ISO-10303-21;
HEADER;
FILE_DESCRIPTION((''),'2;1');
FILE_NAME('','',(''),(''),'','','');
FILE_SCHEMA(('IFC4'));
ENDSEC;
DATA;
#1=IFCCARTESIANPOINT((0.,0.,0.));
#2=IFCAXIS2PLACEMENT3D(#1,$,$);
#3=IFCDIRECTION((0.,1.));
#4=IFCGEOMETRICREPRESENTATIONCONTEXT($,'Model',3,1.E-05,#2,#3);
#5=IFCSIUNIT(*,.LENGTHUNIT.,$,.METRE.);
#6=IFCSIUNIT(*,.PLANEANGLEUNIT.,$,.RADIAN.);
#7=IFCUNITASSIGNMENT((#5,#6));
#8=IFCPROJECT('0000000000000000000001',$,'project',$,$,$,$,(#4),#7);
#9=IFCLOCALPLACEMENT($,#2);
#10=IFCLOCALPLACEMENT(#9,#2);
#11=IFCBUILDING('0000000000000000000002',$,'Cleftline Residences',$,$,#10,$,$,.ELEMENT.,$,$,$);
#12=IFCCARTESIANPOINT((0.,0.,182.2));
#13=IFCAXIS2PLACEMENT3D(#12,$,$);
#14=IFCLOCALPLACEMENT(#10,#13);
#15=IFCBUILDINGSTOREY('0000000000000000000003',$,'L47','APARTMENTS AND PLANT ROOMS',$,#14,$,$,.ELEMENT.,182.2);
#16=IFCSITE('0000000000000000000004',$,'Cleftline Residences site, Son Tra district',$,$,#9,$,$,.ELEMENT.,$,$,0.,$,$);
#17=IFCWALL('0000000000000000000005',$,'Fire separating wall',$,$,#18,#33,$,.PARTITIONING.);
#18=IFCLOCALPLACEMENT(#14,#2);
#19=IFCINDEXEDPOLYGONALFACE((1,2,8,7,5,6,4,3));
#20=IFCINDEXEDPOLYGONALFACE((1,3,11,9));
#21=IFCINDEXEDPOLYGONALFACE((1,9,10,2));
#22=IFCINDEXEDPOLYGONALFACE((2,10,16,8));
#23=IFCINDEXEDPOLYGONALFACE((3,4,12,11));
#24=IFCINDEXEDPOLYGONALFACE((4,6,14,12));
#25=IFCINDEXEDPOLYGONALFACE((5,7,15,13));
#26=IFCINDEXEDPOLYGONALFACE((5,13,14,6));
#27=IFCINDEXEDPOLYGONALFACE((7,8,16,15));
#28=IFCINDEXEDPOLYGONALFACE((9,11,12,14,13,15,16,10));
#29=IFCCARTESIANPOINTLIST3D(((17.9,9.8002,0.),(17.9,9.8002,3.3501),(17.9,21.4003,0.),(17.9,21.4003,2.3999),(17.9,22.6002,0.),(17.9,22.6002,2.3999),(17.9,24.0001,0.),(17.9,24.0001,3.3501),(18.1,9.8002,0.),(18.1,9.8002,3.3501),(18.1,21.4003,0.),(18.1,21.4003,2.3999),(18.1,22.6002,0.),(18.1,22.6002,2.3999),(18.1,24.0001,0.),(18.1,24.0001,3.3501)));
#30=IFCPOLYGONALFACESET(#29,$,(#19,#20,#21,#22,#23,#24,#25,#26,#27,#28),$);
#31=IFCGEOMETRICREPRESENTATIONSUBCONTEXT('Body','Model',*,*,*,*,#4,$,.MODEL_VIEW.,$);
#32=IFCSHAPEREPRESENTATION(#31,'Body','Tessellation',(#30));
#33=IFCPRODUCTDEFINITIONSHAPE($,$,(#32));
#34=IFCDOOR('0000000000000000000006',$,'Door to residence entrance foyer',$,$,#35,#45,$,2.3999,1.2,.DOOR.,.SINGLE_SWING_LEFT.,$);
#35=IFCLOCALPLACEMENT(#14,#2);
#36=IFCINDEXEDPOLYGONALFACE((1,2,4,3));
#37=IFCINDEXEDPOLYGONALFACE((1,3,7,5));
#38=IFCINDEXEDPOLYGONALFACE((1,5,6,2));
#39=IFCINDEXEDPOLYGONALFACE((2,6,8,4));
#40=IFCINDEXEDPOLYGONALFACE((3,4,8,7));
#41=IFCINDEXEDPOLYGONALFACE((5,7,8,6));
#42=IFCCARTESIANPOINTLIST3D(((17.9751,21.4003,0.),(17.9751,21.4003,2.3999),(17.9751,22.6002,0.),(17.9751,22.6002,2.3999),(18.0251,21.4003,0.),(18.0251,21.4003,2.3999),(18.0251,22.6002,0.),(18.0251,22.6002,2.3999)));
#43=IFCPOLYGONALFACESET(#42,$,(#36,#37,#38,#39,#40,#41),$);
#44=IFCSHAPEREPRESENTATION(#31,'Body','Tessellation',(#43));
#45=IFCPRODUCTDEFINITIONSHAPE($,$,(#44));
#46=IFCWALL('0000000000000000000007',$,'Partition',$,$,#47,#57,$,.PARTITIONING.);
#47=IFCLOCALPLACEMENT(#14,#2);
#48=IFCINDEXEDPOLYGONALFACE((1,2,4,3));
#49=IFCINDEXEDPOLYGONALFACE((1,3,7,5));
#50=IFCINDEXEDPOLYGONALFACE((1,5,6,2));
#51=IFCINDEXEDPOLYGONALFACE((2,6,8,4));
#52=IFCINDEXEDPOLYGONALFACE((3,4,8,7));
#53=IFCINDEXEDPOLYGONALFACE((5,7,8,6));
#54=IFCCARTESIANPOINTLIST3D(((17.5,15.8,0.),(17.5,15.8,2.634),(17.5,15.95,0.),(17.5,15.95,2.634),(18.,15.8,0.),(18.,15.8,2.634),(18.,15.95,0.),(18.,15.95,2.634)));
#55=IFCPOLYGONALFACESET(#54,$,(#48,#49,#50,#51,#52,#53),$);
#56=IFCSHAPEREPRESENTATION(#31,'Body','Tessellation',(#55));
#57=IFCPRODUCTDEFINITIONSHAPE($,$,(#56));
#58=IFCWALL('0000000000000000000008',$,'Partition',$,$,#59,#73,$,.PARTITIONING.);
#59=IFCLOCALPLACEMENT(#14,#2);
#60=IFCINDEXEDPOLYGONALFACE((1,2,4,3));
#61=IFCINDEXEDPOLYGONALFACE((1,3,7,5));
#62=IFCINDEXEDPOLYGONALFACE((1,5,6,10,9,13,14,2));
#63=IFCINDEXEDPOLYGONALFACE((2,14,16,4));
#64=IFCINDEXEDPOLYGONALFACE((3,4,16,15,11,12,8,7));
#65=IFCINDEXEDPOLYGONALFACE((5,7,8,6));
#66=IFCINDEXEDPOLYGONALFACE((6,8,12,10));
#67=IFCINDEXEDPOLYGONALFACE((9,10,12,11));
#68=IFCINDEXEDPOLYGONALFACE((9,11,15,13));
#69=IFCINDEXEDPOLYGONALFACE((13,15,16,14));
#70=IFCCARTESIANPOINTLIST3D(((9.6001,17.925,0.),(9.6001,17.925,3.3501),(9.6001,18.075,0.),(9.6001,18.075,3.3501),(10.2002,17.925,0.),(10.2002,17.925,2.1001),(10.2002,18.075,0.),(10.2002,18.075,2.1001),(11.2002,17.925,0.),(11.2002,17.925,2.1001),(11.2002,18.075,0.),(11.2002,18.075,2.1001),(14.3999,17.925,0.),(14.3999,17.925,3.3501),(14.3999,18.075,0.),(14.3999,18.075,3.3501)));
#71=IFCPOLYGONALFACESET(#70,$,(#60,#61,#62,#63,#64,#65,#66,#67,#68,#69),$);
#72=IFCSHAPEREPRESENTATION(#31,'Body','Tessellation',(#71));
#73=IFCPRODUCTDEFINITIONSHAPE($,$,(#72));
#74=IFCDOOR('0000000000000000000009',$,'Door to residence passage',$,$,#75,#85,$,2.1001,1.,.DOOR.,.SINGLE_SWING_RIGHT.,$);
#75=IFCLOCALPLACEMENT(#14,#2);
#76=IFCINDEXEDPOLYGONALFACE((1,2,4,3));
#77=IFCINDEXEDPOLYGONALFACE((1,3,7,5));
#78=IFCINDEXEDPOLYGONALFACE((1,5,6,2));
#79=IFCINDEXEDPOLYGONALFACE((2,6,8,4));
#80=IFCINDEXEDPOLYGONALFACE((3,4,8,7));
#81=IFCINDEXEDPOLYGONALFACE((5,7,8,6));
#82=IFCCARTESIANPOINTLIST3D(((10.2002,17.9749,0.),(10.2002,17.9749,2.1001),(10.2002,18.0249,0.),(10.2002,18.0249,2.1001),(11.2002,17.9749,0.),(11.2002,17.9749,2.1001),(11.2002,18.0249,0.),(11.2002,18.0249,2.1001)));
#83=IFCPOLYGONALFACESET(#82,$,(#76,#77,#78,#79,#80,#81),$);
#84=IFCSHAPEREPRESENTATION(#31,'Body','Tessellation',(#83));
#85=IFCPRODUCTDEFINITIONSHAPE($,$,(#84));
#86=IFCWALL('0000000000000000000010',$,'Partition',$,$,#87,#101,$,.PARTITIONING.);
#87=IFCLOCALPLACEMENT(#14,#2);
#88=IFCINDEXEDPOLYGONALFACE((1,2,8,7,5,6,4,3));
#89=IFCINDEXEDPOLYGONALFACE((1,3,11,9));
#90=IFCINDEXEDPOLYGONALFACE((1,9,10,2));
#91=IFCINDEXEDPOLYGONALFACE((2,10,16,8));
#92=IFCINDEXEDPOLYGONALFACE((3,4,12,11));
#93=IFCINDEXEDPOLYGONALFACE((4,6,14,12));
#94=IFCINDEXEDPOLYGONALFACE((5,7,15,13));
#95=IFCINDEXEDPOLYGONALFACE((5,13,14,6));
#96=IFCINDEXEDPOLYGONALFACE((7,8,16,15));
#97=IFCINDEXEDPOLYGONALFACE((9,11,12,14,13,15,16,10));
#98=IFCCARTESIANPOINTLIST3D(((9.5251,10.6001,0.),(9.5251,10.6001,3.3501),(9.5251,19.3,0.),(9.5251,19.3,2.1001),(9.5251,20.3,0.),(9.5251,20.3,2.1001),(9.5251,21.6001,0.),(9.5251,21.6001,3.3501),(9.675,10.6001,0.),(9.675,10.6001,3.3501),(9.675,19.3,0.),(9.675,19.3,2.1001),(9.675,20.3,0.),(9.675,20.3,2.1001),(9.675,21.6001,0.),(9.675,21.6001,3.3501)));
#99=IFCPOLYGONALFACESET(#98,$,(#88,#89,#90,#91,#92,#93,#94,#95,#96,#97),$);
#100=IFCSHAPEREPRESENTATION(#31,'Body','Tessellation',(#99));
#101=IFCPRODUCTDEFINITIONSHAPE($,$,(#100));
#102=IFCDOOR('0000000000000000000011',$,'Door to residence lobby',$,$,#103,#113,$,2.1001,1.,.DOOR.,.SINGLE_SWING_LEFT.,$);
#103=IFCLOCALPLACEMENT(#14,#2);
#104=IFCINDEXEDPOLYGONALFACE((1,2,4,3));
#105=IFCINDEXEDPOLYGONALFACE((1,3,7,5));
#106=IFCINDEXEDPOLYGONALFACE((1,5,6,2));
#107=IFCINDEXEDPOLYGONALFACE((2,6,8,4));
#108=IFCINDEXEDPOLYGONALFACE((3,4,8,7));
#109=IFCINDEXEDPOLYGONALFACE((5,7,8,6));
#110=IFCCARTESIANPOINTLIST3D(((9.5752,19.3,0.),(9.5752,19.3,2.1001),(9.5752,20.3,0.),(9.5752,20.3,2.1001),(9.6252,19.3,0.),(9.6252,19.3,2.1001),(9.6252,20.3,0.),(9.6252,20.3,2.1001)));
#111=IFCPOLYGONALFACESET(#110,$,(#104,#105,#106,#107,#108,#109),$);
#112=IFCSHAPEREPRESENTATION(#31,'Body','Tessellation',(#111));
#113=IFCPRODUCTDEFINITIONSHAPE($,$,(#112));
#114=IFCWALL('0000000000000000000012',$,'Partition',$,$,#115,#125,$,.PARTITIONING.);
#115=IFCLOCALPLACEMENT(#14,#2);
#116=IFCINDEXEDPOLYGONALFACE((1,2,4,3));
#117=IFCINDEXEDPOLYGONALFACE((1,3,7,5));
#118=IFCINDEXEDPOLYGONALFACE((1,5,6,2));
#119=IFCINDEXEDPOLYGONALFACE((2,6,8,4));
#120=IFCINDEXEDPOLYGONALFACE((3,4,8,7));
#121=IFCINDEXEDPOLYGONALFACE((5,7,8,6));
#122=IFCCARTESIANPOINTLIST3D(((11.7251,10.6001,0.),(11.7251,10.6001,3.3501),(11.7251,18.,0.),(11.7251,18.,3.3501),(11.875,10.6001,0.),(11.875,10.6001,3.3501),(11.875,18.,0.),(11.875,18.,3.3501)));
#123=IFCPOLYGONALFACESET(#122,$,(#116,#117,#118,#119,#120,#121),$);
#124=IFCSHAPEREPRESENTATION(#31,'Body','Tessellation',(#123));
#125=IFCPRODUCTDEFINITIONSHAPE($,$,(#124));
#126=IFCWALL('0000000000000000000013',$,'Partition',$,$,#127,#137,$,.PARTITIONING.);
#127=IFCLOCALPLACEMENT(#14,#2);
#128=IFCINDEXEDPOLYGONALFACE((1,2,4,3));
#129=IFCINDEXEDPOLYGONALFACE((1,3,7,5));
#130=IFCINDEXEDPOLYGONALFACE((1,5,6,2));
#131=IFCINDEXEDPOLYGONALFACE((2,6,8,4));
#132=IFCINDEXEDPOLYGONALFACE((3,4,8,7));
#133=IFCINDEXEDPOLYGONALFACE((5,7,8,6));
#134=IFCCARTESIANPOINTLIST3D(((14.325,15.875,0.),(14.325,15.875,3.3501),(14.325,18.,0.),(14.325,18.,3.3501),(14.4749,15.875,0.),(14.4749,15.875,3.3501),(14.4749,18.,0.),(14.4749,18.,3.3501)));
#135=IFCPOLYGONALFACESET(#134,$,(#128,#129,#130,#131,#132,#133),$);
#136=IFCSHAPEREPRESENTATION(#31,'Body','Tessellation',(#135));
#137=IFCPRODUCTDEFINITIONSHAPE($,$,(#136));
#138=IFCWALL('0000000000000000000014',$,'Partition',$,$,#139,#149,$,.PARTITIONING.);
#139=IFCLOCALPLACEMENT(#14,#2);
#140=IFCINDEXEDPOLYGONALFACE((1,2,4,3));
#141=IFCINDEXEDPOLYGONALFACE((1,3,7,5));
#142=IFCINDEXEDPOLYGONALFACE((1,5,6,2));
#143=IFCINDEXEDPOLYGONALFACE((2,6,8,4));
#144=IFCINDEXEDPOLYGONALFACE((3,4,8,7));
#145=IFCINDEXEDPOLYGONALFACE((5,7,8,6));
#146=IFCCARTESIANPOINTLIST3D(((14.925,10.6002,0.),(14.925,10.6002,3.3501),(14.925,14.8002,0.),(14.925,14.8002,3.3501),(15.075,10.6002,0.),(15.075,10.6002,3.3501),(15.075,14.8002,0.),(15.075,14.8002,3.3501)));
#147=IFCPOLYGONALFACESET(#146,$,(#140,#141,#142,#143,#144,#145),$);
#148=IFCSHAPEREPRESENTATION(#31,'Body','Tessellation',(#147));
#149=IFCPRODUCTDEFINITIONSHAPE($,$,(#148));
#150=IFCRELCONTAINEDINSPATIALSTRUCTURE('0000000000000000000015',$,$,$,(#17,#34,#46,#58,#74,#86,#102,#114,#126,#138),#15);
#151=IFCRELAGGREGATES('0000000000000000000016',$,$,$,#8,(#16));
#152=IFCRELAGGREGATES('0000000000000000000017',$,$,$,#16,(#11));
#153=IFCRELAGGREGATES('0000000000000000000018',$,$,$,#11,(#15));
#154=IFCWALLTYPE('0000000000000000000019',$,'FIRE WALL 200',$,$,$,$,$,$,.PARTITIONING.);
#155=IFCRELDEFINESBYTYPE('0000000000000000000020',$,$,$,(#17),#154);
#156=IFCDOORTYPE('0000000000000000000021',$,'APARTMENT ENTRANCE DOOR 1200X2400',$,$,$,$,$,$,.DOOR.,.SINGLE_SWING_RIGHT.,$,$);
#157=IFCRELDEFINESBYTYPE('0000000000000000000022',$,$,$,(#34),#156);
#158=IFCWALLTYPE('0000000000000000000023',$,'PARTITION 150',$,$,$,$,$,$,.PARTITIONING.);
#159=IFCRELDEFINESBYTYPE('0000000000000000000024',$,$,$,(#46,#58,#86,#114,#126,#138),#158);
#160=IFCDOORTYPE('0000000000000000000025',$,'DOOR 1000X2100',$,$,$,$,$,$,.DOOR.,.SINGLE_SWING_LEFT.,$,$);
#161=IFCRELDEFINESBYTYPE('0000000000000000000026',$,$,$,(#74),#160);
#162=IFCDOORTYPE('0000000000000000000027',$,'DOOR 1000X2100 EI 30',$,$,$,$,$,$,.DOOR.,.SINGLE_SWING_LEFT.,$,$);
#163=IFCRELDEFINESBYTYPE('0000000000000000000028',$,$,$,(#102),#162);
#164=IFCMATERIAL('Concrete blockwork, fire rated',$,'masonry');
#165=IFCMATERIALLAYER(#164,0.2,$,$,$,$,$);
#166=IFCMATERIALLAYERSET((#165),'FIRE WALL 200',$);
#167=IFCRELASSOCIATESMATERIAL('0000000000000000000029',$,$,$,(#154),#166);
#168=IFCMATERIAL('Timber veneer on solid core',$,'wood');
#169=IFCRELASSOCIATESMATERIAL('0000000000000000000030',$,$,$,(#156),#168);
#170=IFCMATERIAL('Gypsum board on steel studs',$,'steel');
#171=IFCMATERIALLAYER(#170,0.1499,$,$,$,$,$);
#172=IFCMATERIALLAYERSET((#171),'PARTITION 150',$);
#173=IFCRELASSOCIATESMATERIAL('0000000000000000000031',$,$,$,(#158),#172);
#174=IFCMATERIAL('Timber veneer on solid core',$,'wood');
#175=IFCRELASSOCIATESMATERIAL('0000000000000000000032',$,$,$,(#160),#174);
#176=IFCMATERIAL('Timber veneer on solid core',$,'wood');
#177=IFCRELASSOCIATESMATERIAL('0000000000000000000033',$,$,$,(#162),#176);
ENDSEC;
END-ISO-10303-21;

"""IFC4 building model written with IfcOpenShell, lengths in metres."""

from ifc_helpers import new_model, si_unit, direction, frame, frame_2d, origin, place, context, subcontext, project, spatial, rectangle, extrude, material, layer, layer_set, type_object, element, fill, save


model = new_model("IFC4")

# Units and contexts
model_context = context("Model", 3, precision=1e-05, world=origin(), true_north=direction((0.0, 1.0)))
body_context = subcontext(model_context, "Body", "Model", "MODEL_VIEW")
ifc_project = project(units=[si_unit("LENGTHUNIT", "METRE"), si_unit("PLANEANGLEUNIT", "RADIAN")], contexts=[model_context])

# Site, building, storey
site_placement = place(None, origin())
site = spatial("IfcSite", under=ifc_project, at=site_placement, Name="Cleftline Residences site, Son Tra district", CompositionType="ELEMENT", RefElevation=0.0)
building_placement = place(site_placement, origin())
building = spatial("IfcBuilding", under=site, at=building_placement, Name="Cleftline Residences", CompositionType="ELEMENT")
storey_placement = place(building_placement, frame((0.0, 0.0, 182.2)))
storey = spatial("IfcBuildingStorey", under=building, at=storey_placement, Name="L47", Description="APARTMENTS AND PLANT ROOMS", CompositionType="ELEMENT", Elevation=182.2)

# Shared definitions
ifc_material_1 = material(Name="Concrete blockwork, fire rated", Category="masonry")
ifc_layer_1 = layer(ifc_material_1, 0.2)
ifc_layer_set_1 = layer_set([ifc_layer_1], Name="FIRE WALL 200")
wall_type_1 = type_object("IfcWallType", Name="FIRE WALL 200", PredefinedType="PARTITIONING", material=ifc_layer_set_1)

# Wall, opening, door
wall_1_placement = place(storey_placement, frame((18.0, 9.8, 0.0), z_axis=(0.0, 0.0, 1.0), x_axis=(0.0, 1.0, 0.0)))
wall_1 = element("IfcWall", 1, at=wall_1_placement, inside=storey, type_object=wall_type_1, Name="Fire separating wall", PredefinedType="PARTITIONING", context=body_context, shape_type="SweptSolid", body=[
    extrude(rectangle(XDim=14.2, YDim=0.2, at=frame_2d((7.1001, 0.0))), origin(), (0.0, 0.0, 1.0), 3.3501),
])
opening_1_placement = place(wall_1_placement, frame((11.6001, 0.0, 0.0)))
opening_1 = element("IfcOpeningElement", 2, at=opening_1_placement, cuts=wall_1, PredefinedType="OPENING", context=body_context, shape_type="SweptSolid", body=[
    extrude(rectangle(XDim=1.2, YDim=2.3999, at=frame_2d((0.6001, 1.2))), frame((0.0, 0.1099, 0.0), z_axis=(0.0, -1.0, 0.0), x_axis=(1.0, 0.0, 0.0)), (0.0, 0.0, 1.0), 0.22),
])
ifc_material_2 = material(Name="Timber veneer on solid core", Category="wood")
door_type_1 = type_object("IfcDoorType", Name="APARTMENT ENTRANCE DOOR 1200X2400", OperationType="SINGLE_SWING_RIGHT", PredefinedType="DOOR", material=ifc_material_2)
door_1_placement = place(opening_1_placement, origin())
door_1 = element("IfcDoor", 3, at=door_1_placement, inside=storey, type_object=door_type_1, Name="Door to residence entrance foyer", OperationType="SINGLE_SWING_LEFT", OverallHeight=2.3999, OverallWidth=1.2, PredefinedType="DOOR", context=body_context, shape_type="SweptSolid", body=[
    extrude(rectangle(XDim=1.2, YDim=2.3999, at=frame_2d((0.6001, 1.2))), frame((0.0, 0.0249, 0.0), z_axis=(0.0, -1.0, 0.0), x_axis=(1.0, 0.0, 0.0)), (0.0, 0.0, 1.0), 0.05),
])
fill(opening_1, door_1)

# Wall
ifc_material_3 = material(Name="Gypsum board on steel studs", Category="steel")
ifc_layer_2 = layer(ifc_material_3, 0.1499)
ifc_layer_set_2 = layer_set([ifc_layer_2], Name="PARTITION 150")
wall_type_2 = type_object("IfcWallType", Name="PARTITION 150", PredefinedType="PARTITIONING", material=ifc_layer_set_2)
wall_2_placement = place(storey_placement, frame((17.5, 15.875, 0.0), z_axis=(0.0, 0.0, 1.0), x_axis=(1.0, 0.0, 0.0)))
element("IfcWall", 4, at=wall_2_placement, inside=storey, type_object=wall_type_2, Name="Partition", PredefinedType="PARTITIONING", context=body_context, shape_type="SweptSolid", body=[
    extrude(rectangle(XDim=0.5, YDim=0.1499, at=frame_2d((0.25, 0.0))), origin(), (0.0, 0.0, 1.0), 2.634),
])

# Walls, openings, doors
wall_3_placement = place(storey_placement, frame((9.6001, 18.0, 0.0), z_axis=(0.0, 0.0, 1.0), x_axis=(1.0, 0.0, 0.0)))
wall_3 = element("IfcWall", 5, at=wall_3_placement, inside=storey, type_object=wall_type_2, Name="Partition", PredefinedType="PARTITIONING", context=body_context, shape_type="SweptSolid", body=[
    extrude(rectangle(XDim=4.7998, YDim=0.1499, at=frame_2d((2.3999, 0.0))), origin(), (0.0, 0.0, 1.0), 3.3501),
])
opening_2_placement = place(wall_3_placement, frame((0.6001, 0.0, 0.0)))
opening_2 = element("IfcOpeningElement", 6, at=opening_2_placement, cuts=wall_3, PredefinedType="OPENING", context=body_context, shape_type="SweptSolid", body=[
    extrude(rectangle(XDim=1.0, YDim=2.1001, at=frame_2d((0.5, 1.05))), frame((0.0, 0.085, 0.0), z_axis=(0.0, -1.0, 0.0), x_axis=(1.0, 0.0, 0.0)), (0.0, 0.0, 1.0), 0.1699),
])
ifc_material_4 = material(Name="Timber veneer on solid core", Category="wood")
door_type_2 = type_object("IfcDoorType", Name="DOOR 1000X2100", OperationType="SINGLE_SWING_LEFT", PredefinedType="DOOR", material=ifc_material_4)
door_2_placement = place(opening_2_placement, origin())
door_2 = element("IfcDoor", 7, at=door_2_placement, inside=storey, type_object=door_type_2, Name="Door to residence passage", OperationType="SINGLE_SWING_RIGHT", OverallHeight=2.1001, OverallWidth=1.0, PredefinedType="DOOR", context=body_context, shape_type="SweptSolid", body=[
    extrude(rectangle(XDim=1.0, YDim=2.1001, at=frame_2d((0.5, 1.05))), frame((0.0, 0.0249, 0.0), z_axis=(0.0, -1.0, 0.0), x_axis=(1.0, 0.0, 0.0)), (0.0, 0.0, 1.0), 0.05),
])
fill(opening_2, door_2)
wall_4_placement = place(storey_placement, frame((9.6001, 10.6001, 0.0), z_axis=(0.0, 0.0, 1.0), x_axis=(0.0, 1.0, 0.0)))
wall_4 = element("IfcWall", 8, at=wall_4_placement, inside=storey, type_object=wall_type_2, Name="Partition", PredefinedType="PARTITIONING", context=body_context, shape_type="SweptSolid", body=[
    extrude(rectangle(XDim=11.0, YDim=0.1499, at=frame_2d((5.5, 0.0))), origin(), (0.0, 0.0, 1.0), 3.3501),
])
opening_3_placement = place(wall_4_placement, frame((8.7, 0.0, 0.0)))
opening_3 = element("IfcOpeningElement", 9, at=opening_3_placement, cuts=wall_4, PredefinedType="OPENING", context=body_context, shape_type="SweptSolid", body=[
    extrude(rectangle(XDim=1.0, YDim=2.1001, at=frame_2d((0.5, 1.05))), frame((0.0, 0.085, 0.0), z_axis=(0.0, -1.0, 0.0), x_axis=(1.0, 0.0, 0.0)), (0.0, 0.0, 1.0), 0.1699),
])
ifc_material_5 = material(Name="Timber veneer on solid core", Category="wood")
door_type_3 = type_object("IfcDoorType", Name="DOOR 1000X2100 EI 30", OperationType="SINGLE_SWING_LEFT", PredefinedType="DOOR", material=ifc_material_5)
door_3_placement = place(opening_3_placement, origin())
door_3 = element("IfcDoor", 10, at=door_3_placement, inside=storey, type_object=door_type_3, Name="Door to residence lobby", OperationType="SINGLE_SWING_LEFT", OverallHeight=2.1001, OverallWidth=1.0, PredefinedType="DOOR", context=body_context, shape_type="SweptSolid", body=[
    extrude(rectangle(XDim=1.0, YDim=2.1001, at=frame_2d((0.5, 1.05))), frame((0.0, 0.0249, 0.0), z_axis=(0.0, -1.0, 0.0), x_axis=(1.0, 0.0, 0.0)), (0.0, 0.0, 1.0), 0.05),
])
fill(opening_3, door_3)

# Walls
wall_5_placement = place(storey_placement, frame((11.8, 10.6001, 0.0), z_axis=(0.0, 0.0, 1.0), x_axis=(0.0, 1.0, 0.0)))
element("IfcWall", 11, at=wall_5_placement, inside=storey, type_object=wall_type_2, Name="Partition", PredefinedType="PARTITIONING", context=body_context, shape_type="SweptSolid", body=[
    extrude(rectangle(XDim=7.3999, YDim=0.1499, at=frame_2d((3.7, 0.0))), origin(), (0.0, 0.0, 1.0), 3.3501),
])
wall_6_placement = place(storey_placement, frame((14.3999, 15.875, 0.0), z_axis=(0.0, 0.0, 1.0), x_axis=(0.0, 1.0, 0.0)))
element("IfcWall", 12, at=wall_6_placement, inside=storey, type_object=wall_type_2, Name="Partition", PredefinedType="PARTITIONING", context=body_context, shape_type="SweptSolid", body=[
    extrude(rectangle(XDim=2.125, YDim=0.1499, at=frame_2d((1.0625, 0.0))), origin(), (0.0, 0.0, 1.0), 3.3501),
])
wall_7_placement = place(storey_placement, frame((15.0, 10.6001, 0.0), z_axis=(0.0, 0.0, 1.0), x_axis=(0.0, 1.0, 0.0)))
element("IfcWall", 13, at=wall_7_placement, inside=storey, type_object=wall_type_2, Name="Partition", PredefinedType="PARTITIONING", context=body_context, shape_type="SweptSolid", body=[
    extrude(rectangle(XDim=4.2, YDim=0.1499, at=frame_2d((2.1001, 0.0))), origin(), (0.0, 0.0, 1.0), 3.3501),
])

save(model, "model.ifc")
